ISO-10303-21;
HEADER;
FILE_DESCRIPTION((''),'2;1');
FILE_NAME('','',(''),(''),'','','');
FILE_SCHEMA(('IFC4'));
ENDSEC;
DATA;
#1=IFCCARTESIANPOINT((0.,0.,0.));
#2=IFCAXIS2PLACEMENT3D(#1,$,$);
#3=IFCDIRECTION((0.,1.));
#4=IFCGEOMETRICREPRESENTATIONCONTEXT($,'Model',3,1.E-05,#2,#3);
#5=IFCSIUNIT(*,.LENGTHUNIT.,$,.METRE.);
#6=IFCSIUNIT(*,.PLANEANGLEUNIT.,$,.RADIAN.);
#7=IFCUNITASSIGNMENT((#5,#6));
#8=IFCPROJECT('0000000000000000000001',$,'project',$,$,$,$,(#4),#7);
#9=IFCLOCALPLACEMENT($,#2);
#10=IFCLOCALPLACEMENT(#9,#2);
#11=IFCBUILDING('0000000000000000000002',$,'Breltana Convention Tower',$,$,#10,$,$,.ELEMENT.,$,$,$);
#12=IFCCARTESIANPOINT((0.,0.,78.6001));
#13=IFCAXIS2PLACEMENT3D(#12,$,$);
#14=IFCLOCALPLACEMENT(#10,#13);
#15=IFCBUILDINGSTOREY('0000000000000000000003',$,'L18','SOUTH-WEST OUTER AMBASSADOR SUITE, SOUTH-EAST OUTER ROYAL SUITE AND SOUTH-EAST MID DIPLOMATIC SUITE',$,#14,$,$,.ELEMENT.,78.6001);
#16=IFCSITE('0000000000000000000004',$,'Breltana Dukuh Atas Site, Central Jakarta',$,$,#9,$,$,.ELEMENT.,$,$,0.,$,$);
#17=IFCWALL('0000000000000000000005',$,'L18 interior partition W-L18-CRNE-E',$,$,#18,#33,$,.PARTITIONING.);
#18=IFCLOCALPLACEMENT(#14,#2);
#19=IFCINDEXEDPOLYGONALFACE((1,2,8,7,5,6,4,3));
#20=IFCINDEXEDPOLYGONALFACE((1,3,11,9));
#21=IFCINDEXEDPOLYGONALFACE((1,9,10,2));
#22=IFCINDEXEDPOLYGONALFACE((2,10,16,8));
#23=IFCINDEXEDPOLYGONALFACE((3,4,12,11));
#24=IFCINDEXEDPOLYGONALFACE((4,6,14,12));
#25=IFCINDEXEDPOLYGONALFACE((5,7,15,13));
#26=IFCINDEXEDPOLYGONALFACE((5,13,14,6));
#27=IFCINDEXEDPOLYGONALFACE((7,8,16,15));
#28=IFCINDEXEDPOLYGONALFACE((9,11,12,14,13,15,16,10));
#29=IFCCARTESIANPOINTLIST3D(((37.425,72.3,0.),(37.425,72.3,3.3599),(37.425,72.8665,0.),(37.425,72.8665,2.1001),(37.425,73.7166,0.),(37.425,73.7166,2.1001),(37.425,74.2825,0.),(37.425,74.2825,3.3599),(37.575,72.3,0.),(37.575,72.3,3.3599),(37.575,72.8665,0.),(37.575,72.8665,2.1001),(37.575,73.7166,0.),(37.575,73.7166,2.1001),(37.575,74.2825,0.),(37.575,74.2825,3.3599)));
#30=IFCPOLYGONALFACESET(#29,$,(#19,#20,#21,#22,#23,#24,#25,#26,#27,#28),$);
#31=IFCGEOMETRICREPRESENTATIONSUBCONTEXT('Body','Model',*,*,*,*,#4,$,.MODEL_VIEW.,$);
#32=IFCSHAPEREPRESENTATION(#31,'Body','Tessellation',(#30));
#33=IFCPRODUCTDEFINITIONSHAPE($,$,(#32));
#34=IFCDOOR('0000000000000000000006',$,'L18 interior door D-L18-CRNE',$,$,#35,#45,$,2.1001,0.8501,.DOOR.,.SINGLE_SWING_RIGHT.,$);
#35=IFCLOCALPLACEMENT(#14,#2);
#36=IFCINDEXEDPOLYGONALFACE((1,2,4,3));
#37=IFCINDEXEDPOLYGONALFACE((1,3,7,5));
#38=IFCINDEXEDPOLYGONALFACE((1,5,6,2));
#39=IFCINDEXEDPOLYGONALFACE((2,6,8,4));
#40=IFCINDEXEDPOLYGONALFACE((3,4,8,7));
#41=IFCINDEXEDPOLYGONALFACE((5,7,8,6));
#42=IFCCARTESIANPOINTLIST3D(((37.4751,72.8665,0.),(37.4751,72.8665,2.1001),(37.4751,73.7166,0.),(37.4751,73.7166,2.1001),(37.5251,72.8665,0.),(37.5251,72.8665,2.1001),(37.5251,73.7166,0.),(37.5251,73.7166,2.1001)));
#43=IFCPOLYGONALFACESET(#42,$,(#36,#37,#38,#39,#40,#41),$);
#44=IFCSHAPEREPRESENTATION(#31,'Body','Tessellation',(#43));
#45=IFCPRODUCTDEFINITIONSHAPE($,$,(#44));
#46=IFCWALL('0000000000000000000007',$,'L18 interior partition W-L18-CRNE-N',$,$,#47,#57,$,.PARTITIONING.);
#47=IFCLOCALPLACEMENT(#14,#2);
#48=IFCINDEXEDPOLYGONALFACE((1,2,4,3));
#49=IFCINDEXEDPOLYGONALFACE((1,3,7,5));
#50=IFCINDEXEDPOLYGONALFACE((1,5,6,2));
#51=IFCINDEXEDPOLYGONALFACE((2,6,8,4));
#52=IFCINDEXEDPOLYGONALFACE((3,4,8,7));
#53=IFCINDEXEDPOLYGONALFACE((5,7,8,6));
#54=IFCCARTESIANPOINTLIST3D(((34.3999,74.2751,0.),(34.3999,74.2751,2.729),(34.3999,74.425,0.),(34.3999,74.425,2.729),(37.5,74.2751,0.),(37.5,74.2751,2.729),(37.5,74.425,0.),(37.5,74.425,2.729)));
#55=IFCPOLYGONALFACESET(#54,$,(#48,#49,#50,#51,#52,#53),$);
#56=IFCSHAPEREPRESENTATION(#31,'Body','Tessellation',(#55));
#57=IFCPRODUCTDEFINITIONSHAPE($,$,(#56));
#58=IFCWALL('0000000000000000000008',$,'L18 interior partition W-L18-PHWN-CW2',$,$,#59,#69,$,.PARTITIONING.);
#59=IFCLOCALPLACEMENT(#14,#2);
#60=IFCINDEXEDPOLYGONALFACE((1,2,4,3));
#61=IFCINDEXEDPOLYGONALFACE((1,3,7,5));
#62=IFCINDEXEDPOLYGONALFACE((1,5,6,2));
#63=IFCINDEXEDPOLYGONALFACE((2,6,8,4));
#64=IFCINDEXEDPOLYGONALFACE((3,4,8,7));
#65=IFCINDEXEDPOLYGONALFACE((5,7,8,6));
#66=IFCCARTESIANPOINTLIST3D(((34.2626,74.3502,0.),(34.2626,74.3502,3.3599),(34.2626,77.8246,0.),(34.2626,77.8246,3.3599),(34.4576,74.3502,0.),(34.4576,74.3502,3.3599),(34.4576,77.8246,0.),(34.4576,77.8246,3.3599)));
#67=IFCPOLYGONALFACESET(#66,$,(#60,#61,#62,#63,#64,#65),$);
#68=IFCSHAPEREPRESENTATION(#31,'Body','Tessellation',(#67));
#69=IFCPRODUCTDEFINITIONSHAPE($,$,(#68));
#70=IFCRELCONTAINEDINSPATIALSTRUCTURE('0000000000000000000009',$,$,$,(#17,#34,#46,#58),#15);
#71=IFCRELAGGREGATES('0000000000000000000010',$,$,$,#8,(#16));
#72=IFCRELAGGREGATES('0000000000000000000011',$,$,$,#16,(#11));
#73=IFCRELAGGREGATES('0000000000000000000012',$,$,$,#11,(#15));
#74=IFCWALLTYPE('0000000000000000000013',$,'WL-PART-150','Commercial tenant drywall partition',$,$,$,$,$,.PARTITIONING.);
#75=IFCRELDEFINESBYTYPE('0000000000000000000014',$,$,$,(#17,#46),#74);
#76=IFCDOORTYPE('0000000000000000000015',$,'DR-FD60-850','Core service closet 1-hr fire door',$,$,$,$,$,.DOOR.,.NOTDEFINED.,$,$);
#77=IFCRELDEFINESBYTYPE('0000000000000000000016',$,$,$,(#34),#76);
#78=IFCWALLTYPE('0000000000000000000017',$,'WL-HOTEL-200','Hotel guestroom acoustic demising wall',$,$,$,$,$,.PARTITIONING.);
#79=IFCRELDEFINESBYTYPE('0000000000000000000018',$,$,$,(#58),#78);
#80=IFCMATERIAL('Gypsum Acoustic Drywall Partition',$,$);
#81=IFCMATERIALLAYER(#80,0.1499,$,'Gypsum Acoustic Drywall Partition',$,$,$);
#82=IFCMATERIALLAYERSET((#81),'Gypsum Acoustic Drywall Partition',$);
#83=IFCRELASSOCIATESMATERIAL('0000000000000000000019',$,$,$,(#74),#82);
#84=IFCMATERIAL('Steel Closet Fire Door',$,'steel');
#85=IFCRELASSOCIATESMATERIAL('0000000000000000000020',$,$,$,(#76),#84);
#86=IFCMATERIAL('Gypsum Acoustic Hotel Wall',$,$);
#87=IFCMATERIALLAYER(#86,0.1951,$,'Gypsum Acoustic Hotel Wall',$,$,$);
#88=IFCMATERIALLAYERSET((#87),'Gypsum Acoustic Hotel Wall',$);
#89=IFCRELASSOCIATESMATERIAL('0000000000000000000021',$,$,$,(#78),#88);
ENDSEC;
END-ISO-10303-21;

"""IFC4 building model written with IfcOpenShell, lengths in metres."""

from ifc_helpers import new_model, si_unit, direction, frame, frame_2d, origin, place, context, subcontext, project, spatial, rectangle, extrude, source, transform, mapped, material, layer, layer_set, type_object, type_shapes, element, fill, save


model = new_model("IFC4")

# Units and contexts
model_context = context("Model", 3, precision=1e-05, world=origin(), true_north=direction((0.0, 1.0)))
body_context = subcontext(model_context, "Body", "Model", "MODEL_VIEW")
ifc_project = project(units=[si_unit("LENGTHUNIT", "METRE"), si_unit("PLANEANGLEUNIT", "RADIAN")], contexts=[model_context])

# Site, building, storey
site_placement = place(None, origin())
site = spatial("IfcSite", under=ifc_project, at=site_placement, Name="Breltana Dukuh Atas Site, Central Jakarta", CompositionType="ELEMENT", RefElevation=0.0)
building_placement = place(site_placement, origin())
building = spatial("IfcBuilding", under=site, at=building_placement, Name="Breltana Convention Tower", CompositionType="ELEMENT")
storey_placement = place(building_placement, frame((0.0, 0.0, 78.6001)))
storey = spatial("IfcBuildingStorey", under=building, at=storey_placement, Name="L18", Description="SOUTH-WEST OUTER AMBASSADOR SUITE, SOUTH-EAST OUTER ROYAL SUITE AND SOUTH-EAST MID DIPLOMATIC SUITE", CompositionType="ELEMENT", Elevation=78.6001)

# Shared definitions
ifc_material_1 = material(Name="Gypsum Acoustic Drywall Partition")
ifc_layer_1 = layer(ifc_material_1, 0.1499, Name="Gypsum Acoustic Drywall Partition")
ifc_layer_set_1 = layer_set([ifc_layer_1], Name="Gypsum Acoustic Drywall Partition")
wall_type_1 = type_object("IfcWallType", Name="WL-PART-150", Description="Commercial tenant drywall partition", PredefinedType="PARTITIONING", material=ifc_layer_set_1)

# Wall, opening, door
shared_shape_1 = source(origin(), body_context, "Body", "SweptSolid", [
    extrude(rectangle(XDim=1.9824, YDim=0.1499, at=frame_2d((0.9912, 0.0))), origin(), (0.0, 0.0, 1.0), 3.3599),
])
wall_1_placement = place(storey_placement, frame((37.5, 72.3, 0.0), z_axis=(0.0, 0.0, 1.0), x_axis=(0.0, 1.0, 0.0)))
wall_1 = element("IfcWall", 1, at=wall_1_placement, inside=storey, type_object=wall_type_1, Name="L18 interior partition W-L18-CRNE-E", PredefinedType="PARTITIONING", context=body_context, shape_type="MappedRepresentation", body=[
    mapped(shared_shape_1, transform((0.0, 0.0, 0.0), scale=1.0)),
])
opening_placement = place(wall_1_placement, frame((0.5664, 0.0, 0.0)))
opening = element("IfcOpeningElement", 2, at=opening_placement, cuts=wall_1, PredefinedType="OPENING", context=body_context, shape_type="SweptSolid", body=[
    extrude(rectangle(XDim=0.8501, YDim=2.1001, at=frame_2d((0.425, 1.05))), frame((0.0, 0.085, 0.0), z_axis=(0.0, -1.0, 0.0), x_axis=(1.0, 0.0, 0.0)), (0.0, 0.0, 1.0), 0.1699),
])
ifc_material_2 = material(Name="Steel Closet Fire Door", Category="steel")
door_type = type_object("IfcDoorType", Name="DR-FD60-850", Description="Core service closet 1-hr fire door", OperationType="NOTDEFINED", PredefinedType="DOOR", material=ifc_material_2)
shared_shape_2 = source(origin(), body_context, "Body", "SweptSolid", [
    extrude(rectangle(XDim=0.8501, YDim=2.1001, at=frame_2d((0.425, 1.05))), frame((0.0, 0.0249, 0.0), z_axis=(0.0, -1.0, 0.0), x_axis=(1.0, 0.0, 0.0)), (0.0, 0.0, 1.0), 0.05),
])
type_shapes(door_type, [shared_shape_2])
door_placement = place(opening_placement, origin())
door = element("IfcDoor", 3, at=door_placement, inside=storey, type_object=door_type, Name="L18 interior door D-L18-CRNE", OperationType="SINGLE_SWING_RIGHT", OverallHeight=2.1001, OverallWidth=0.8501, PredefinedType="DOOR", context=body_context, shape_type="MappedRepresentation", body=[
    mapped(shared_shape_2, transform((0.0, 0.0, 0.0), scale=1.0)),
])
fill(opening, door)

# Walls
shared_shape_3 = source(origin(), body_context, "Body", "SweptSolid", [
    extrude(rectangle(XDim=3.1001, YDim=0.1499, at=frame_2d((1.55, 0.0))), origin(), (0.0, 0.0, 1.0), 2.729),
])
wall_2_placement = place(storey_placement, frame((34.3999, 74.3501, 0.0), z_axis=(0.0, 0.0, 1.0), x_axis=(1.0, 0.0, 0.0)))
element("IfcWall", 4, at=wall_2_placement, inside=storey, type_object=wall_type_1, Name="L18 interior partition W-L18-CRNE-N", PredefinedType="PARTITIONING", context=body_context, shape_type="MappedRepresentation", body=[
    mapped(shared_shape_3, transform((0.0, 0.0, 0.0), scale=1.0)),
])
ifc_material_3 = material(Name="Gypsum Acoustic Hotel Wall")
ifc_layer_2 = layer(ifc_material_3, 0.1951, Name="Gypsum Acoustic Hotel Wall")
ifc_layer_set_2 = layer_set([ifc_layer_2], Name="Gypsum Acoustic Hotel Wall")
wall_type_2 = type_object("IfcWallType", Name="WL-HOTEL-200", Description="Hotel guestroom acoustic demising wall", PredefinedType="PARTITIONING", material=ifc_layer_set_2)
shared_shape_4 = source(origin(), body_context, "Body", "SweptSolid", [
    extrude(rectangle(XDim=3.4744, YDim=0.1951, at=frame_2d((1.7373, 0.0))), origin(), (0.0, 0.0, 1.0), 3.3599),
])
wall_3_placement = place(storey_placement, frame((34.3601, 74.3501, 0.0), z_axis=(0.0, 0.0, 1.0), x_axis=(0.0, 1.0, 0.0)))
element("IfcWall", 5, at=wall_3_placement, inside=storey, type_object=wall_type_2, Name="L18 interior partition W-L18-PHWN-CW2", PredefinedType="PARTITIONING", context=body_context, shape_type="MappedRepresentation", body=[
    mapped(shared_shape_4, transform((0.0, 0.0, 0.0), scale=1.0)),
])

save(model, "model.ifc")
